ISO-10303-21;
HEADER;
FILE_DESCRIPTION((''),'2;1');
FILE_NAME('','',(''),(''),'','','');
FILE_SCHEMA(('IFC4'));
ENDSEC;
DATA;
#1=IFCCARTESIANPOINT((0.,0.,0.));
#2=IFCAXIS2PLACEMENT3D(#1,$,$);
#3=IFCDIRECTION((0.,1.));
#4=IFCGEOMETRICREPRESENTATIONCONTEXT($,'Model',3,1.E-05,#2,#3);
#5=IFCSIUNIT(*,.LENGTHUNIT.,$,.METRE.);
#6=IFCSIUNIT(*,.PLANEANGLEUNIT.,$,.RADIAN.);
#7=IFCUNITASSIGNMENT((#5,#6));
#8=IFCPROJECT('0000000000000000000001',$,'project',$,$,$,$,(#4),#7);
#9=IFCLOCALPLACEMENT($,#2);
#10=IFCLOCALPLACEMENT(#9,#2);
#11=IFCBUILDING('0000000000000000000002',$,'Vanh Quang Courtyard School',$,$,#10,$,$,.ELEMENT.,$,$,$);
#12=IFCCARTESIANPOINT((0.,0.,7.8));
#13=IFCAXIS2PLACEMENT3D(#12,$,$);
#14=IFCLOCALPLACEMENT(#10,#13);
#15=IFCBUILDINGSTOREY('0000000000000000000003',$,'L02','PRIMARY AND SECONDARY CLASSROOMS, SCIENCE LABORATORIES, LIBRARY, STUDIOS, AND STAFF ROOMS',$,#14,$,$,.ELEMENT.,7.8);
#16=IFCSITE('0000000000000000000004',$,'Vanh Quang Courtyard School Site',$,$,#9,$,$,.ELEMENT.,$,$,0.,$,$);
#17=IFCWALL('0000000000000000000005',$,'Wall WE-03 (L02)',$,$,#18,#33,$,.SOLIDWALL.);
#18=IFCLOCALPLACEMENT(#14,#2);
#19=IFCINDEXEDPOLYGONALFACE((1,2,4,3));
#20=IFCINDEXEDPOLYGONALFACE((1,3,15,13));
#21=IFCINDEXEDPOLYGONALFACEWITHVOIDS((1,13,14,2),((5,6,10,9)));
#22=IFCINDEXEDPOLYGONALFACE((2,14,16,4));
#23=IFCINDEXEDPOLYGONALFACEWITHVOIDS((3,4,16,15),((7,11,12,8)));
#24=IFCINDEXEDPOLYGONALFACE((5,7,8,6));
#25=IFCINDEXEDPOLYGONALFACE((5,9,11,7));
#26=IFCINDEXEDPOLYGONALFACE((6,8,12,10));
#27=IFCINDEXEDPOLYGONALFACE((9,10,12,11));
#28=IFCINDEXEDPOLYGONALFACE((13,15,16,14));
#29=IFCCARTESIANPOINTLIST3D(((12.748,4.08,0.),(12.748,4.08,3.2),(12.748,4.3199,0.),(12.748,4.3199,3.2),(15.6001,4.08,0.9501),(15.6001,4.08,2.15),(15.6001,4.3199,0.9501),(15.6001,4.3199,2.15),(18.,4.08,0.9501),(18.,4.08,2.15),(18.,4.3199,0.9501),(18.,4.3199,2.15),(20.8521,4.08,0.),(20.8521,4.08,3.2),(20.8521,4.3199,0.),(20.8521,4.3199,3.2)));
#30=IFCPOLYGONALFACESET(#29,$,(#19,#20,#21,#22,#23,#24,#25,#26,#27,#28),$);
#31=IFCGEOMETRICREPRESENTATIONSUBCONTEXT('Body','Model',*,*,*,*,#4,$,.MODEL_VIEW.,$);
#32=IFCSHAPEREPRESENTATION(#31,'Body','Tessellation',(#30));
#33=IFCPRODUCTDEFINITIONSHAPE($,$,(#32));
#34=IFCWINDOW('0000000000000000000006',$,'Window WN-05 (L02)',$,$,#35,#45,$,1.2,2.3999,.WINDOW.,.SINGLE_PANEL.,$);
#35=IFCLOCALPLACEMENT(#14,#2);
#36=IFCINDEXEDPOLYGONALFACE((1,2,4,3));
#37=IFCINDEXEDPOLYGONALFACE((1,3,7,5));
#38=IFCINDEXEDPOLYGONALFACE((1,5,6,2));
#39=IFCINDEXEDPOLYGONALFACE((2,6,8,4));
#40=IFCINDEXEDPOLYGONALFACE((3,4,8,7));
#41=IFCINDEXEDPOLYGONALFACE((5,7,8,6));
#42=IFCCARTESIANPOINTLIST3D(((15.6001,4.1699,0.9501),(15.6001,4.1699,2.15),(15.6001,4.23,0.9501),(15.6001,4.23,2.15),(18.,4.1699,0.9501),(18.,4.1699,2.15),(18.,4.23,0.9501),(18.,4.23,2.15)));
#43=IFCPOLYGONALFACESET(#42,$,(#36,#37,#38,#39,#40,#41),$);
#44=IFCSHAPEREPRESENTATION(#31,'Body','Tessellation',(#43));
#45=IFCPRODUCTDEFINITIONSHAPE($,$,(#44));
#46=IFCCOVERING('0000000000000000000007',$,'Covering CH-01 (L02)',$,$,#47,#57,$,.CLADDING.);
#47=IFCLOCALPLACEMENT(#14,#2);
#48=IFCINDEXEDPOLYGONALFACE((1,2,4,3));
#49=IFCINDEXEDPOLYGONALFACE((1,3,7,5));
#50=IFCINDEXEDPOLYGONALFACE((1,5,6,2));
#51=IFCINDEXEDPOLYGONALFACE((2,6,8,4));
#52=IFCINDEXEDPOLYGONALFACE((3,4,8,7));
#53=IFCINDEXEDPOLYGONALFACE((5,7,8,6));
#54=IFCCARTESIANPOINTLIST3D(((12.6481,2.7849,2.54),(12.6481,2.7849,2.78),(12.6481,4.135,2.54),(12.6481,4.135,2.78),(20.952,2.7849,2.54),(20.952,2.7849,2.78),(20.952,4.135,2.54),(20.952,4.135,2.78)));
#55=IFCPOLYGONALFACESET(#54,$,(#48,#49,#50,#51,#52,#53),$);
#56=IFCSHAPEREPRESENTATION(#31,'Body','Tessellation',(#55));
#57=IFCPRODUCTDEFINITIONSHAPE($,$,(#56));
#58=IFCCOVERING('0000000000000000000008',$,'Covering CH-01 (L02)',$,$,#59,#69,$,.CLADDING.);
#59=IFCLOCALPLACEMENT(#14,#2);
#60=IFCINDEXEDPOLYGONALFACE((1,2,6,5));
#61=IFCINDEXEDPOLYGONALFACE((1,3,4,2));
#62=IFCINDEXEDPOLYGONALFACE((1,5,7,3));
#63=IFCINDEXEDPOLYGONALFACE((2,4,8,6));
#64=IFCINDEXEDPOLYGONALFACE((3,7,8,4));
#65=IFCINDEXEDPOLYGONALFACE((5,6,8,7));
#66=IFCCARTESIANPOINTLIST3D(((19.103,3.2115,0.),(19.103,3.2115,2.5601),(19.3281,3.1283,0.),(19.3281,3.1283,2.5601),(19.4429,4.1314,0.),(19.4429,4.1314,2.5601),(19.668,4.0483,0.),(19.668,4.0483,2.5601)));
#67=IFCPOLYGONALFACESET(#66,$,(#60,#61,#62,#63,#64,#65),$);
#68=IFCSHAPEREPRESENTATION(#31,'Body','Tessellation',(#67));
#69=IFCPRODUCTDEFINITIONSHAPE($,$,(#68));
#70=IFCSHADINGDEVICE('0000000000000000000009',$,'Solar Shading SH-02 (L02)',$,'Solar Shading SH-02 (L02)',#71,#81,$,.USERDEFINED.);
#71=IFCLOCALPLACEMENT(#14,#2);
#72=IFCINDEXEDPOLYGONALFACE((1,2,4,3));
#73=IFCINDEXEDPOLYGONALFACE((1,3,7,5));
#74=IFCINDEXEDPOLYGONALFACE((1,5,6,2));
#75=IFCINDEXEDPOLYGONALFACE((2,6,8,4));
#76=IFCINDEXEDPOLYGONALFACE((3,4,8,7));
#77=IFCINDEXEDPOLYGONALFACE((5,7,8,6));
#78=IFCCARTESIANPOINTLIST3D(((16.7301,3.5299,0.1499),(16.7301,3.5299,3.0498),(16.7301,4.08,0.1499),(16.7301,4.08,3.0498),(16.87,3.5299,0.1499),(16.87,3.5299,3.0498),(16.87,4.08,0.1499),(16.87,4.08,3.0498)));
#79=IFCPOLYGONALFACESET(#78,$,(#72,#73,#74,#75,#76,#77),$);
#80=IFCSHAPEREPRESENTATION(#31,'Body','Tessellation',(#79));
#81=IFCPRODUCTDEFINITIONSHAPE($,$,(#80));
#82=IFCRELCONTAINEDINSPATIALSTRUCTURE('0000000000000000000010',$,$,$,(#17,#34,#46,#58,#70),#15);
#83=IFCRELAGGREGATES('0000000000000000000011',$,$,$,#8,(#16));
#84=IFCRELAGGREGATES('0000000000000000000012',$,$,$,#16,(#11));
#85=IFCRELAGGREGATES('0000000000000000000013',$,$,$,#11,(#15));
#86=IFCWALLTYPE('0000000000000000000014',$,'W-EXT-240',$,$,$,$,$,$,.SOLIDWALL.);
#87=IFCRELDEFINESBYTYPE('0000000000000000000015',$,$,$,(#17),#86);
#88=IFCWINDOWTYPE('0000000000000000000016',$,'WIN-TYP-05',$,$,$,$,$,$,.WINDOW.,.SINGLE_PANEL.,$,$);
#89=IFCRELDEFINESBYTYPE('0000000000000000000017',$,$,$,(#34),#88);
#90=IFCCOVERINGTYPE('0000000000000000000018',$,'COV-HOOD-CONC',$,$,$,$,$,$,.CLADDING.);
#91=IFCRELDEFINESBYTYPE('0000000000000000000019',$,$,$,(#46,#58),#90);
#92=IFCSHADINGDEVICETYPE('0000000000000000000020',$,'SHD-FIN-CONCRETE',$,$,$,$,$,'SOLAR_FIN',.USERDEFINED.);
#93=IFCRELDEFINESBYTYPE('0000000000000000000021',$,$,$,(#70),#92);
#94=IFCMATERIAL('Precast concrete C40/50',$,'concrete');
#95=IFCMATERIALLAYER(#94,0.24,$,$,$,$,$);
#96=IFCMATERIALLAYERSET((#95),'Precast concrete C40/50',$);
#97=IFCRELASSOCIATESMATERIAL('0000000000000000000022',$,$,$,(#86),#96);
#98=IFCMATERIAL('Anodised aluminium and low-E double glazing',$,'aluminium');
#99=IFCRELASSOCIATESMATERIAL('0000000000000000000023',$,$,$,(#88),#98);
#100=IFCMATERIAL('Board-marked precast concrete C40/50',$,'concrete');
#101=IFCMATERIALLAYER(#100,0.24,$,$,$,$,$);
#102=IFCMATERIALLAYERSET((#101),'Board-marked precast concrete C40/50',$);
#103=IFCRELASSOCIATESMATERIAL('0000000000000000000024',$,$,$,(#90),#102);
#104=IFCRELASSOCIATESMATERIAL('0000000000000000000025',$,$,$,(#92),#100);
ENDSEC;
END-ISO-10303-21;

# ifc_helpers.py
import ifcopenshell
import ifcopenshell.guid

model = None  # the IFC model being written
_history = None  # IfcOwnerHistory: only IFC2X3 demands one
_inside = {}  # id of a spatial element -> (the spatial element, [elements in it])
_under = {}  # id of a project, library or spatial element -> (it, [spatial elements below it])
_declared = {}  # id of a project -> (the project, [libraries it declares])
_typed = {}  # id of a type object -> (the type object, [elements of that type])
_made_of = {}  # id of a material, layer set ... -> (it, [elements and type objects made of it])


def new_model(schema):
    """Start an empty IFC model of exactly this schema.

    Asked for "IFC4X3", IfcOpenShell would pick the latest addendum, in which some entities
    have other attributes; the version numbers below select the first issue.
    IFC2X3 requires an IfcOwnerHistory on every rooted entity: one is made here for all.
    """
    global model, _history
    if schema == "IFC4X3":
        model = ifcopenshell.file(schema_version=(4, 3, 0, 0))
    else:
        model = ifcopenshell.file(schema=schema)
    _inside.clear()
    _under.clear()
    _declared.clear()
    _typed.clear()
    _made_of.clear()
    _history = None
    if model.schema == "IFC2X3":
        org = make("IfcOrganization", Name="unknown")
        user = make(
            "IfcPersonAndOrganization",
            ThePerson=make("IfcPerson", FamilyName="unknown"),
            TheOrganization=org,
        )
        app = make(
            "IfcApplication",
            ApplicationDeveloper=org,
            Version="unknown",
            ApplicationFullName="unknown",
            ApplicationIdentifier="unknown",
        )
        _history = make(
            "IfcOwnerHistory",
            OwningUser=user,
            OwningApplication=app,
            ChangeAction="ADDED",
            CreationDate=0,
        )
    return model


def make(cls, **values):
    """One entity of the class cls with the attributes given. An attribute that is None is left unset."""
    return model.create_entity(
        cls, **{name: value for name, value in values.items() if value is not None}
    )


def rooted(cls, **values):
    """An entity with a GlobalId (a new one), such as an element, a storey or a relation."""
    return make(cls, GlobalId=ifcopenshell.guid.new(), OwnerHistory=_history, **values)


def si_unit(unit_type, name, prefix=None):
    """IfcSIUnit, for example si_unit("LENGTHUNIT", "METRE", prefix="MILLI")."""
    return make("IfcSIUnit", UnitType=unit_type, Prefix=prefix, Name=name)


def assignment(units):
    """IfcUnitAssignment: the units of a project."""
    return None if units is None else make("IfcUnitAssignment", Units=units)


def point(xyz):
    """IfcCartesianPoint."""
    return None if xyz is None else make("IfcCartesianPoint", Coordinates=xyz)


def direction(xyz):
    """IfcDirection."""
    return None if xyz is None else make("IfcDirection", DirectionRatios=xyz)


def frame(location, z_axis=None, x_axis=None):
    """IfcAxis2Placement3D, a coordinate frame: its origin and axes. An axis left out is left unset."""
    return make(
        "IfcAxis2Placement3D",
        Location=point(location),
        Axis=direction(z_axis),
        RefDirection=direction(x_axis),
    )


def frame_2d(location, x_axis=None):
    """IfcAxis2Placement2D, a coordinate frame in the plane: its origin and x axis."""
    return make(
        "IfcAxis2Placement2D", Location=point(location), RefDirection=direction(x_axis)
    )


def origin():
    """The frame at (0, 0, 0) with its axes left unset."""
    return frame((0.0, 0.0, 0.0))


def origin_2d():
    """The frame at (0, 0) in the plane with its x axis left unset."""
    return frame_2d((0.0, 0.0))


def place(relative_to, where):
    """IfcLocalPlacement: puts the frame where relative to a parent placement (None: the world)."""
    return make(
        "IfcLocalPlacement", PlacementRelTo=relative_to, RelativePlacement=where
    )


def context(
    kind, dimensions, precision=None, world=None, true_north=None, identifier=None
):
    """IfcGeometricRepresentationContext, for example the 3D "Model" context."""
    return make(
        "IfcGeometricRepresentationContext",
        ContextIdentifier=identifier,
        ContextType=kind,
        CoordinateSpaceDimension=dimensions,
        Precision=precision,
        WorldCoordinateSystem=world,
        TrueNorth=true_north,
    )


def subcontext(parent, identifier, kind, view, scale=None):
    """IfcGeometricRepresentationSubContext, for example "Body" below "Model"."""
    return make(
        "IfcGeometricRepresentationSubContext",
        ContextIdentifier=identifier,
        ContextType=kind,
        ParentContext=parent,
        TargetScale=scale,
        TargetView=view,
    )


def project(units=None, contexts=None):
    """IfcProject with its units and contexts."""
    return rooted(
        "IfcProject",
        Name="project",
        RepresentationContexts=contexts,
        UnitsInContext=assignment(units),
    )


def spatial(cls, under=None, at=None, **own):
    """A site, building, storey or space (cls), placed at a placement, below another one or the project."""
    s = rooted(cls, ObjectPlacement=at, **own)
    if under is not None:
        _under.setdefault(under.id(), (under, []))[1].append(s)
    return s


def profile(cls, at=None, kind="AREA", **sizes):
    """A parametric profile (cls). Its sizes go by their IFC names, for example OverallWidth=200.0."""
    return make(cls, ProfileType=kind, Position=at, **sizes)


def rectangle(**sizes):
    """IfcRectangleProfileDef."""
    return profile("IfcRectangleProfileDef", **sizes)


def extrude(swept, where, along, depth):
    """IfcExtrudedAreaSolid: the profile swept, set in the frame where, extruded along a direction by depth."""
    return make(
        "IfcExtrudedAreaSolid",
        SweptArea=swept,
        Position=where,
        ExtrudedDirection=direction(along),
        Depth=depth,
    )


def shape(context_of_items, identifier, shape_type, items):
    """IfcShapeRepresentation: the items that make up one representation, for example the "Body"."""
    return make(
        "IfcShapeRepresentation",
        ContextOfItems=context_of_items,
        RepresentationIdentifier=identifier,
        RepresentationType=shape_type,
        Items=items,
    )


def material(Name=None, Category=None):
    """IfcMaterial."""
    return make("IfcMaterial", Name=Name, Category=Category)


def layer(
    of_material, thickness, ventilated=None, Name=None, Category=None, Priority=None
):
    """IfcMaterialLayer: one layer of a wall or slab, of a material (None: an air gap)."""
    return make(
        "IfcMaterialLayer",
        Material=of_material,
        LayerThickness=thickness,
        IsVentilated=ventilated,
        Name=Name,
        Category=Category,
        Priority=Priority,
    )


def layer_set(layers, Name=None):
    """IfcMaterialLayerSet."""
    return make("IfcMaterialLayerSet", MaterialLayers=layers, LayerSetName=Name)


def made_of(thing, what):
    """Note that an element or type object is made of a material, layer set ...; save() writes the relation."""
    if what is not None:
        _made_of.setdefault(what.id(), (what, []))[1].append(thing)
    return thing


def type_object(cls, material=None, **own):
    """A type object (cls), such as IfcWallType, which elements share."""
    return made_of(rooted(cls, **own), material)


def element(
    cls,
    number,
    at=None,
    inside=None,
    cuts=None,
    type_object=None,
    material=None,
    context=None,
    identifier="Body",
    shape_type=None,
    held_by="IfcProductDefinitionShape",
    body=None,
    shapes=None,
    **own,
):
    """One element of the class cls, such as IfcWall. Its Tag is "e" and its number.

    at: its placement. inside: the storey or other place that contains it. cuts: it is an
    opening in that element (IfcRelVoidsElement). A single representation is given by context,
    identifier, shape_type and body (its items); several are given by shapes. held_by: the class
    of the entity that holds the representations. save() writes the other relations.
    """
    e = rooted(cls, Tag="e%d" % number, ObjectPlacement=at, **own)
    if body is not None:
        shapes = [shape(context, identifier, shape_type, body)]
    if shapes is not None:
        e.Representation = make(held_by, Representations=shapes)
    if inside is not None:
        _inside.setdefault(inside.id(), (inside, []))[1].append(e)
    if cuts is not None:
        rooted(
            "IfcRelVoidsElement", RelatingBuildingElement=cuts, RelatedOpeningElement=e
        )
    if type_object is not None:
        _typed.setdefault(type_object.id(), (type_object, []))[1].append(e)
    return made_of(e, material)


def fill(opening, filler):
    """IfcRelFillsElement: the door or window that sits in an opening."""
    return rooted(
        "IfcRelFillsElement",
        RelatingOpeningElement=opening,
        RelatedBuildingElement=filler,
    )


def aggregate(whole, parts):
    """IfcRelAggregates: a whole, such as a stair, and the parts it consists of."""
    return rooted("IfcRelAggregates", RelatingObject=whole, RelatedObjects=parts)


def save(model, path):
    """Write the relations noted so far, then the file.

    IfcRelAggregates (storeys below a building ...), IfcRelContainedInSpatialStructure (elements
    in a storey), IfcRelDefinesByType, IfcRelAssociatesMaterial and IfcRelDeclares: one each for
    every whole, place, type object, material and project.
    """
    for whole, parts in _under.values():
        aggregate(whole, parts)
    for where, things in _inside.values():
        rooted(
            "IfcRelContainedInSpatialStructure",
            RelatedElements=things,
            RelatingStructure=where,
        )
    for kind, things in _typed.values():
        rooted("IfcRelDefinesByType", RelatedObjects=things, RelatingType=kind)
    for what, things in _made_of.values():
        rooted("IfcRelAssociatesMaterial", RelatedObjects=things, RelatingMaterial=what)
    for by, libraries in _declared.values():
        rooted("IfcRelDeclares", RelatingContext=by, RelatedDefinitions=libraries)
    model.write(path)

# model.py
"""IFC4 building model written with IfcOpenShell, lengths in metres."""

from ifc_helpers import new_model, si_unit, direction, frame, frame_2d, origin, origin_2d, place, context, subcontext, project, spatial, rectangle, extrude, material, layer, layer_set, type_object, element, fill, save


model = new_model("IFC4")

# Units and contexts
model_context = context("Model", 3, precision=1e-05, world=origin(), true_north=direction((0.0, 1.0)))
body_context = subcontext(model_context, "Body", "Model", "MODEL_VIEW")
ifc_project = project(units=[si_unit("LENGTHUNIT", "METRE"), si_unit("PLANEANGLEUNIT", "RADIAN")], contexts=[model_context])

# Site, building, storey
site_placement = place(None, origin())
site = spatial("IfcSite", under=ifc_project, at=site_placement, Name="Vanh Quang Courtyard School Site", CompositionType="ELEMENT", RefElevation=0.0)
building_placement = place(site_placement, origin())
building = spatial("IfcBuilding", under=site, at=building_placement, Name="Vanh Quang Courtyard School", CompositionType="ELEMENT")
storey_placement = place(building_placement, frame((0.0, 0.0, 7.8)))
storey = spatial("IfcBuildingStorey", under=building, at=storey_placement, Name="L02", Description="PRIMARY AND SECONDARY CLASSROOMS, SCIENCE LABORATORIES, LIBRARY, STUDIOS, AND STAFF ROOMS", CompositionType="ELEMENT", Elevation=7.8)

# Wall, opening, window
ifc_material_1 = material(Name="Precast concrete C40/50", Category="concrete")
ifc_layer_1 = layer(ifc_material_1, 0.24)
ifc_layer_set_1 = layer_set([ifc_layer_1], Name="Precast concrete C40/50")
wall_type = type_object("IfcWallType", Name="W-EXT-240", PredefinedType="SOLIDWALL", material=ifc_layer_set_1)
wall_placement = place(storey_placement, frame((20.8521, 4.2, 0.0), z_axis=(0.0, 0.0, 1.0), x_axis=(-1.0, 0.0, 0.0)))
wall = element("IfcWall", 1, at=wall_placement, inside=storey, type_object=wall_type, Name="Wall WE-03 (L02)", PredefinedType="SOLIDWALL", context=body_context, shape_type="SweptSolid", body=[
    extrude(rectangle(XDim=8.104, YDim=0.24, at=frame_2d((4.052, 0.0))), origin(), (0.0, 0.0, 1.0), 3.2),
])
opening_placement = place(wall_placement, frame((2.8521, 0.0, 0.95)))
opening = element("IfcOpeningElement", 2, at=opening_placement, cuts=wall, PredefinedType="OPENING", context=body_context, shape_type="SweptSolid", body=[
    extrude(rectangle(XDim=2.3999, YDim=1.2, at=frame_2d((1.2, 0.6001))), frame((0.0, 0.1299, 0.0), z_axis=(0.0, -1.0, 0.0), x_axis=(1.0, 0.0, 0.0)), (0.0, 0.0, 1.0), 0.26),
])
ifc_material_2 = material(Name="Anodised aluminium and low-E double glazing", Category="aluminium")
window_type = type_object("IfcWindowType", Name="WIN-TYP-05", PartitioningType="SINGLE_PANEL", PredefinedType="WINDOW", material=ifc_material_2)
window_placement = place(opening_placement, origin())
window = element("IfcWindow", 3, at=window_placement, inside=storey, type_object=window_type, Name="Window WN-05 (L02)", OverallHeight=1.2, OverallWidth=2.3999, PartitioningType="SINGLE_PANEL", PredefinedType="WINDOW", context=body_context, shape_type="SweptSolid", body=[
    extrude(rectangle(XDim=2.3999, YDim=1.2, at=frame_2d((1.2, 0.6001))), frame((0.0, 0.03, 0.0), z_axis=(0.0, -1.0, 0.0), x_axis=(1.0, 0.0, 0.0)), (0.0, 0.0, 1.0), 0.0601),
])
fill(opening, window)

# Coverings
ifc_material_3 = material(Name="Board-marked precast concrete C40/50", Category="concrete")
ifc_layer_2 = layer(ifc_material_3, 0.24)
ifc_layer_set_2 = layer_set([ifc_layer_2], Name="Board-marked precast concrete C40/50")
covering_type = type_object("IfcCoveringType", Name="COV-HOOD-CONC", PredefinedType="CLADDING", material=ifc_layer_set_2)
covering_1_placement = place(storey_placement, frame((16.8, 3.46, 2.54), z_axis=(0.0, 0.0, 1.0), x_axis=(-1.0, 0.0, 0.0)))
element("IfcCovering", 4, at=covering_1_placement, inside=storey, type_object=covering_type, Name="Covering CH-01 (L02)", PredefinedType="CLADDING", context=body_context, shape_type="SweptSolid", body=[
    extrude(rectangle(XDim=8.304, YDim=1.3501, at=origin_2d()), origin(), (0.0, 0.0, 1.0), 0.24),
])
covering_2_placement = place(storey_placement, frame((19.3855, 3.6299, 0.0), z_axis=(0.0, 0.0, 1.0), x_axis=(-0.346608, -0.93801, 0.0)))
element("IfcCovering", 5, at=covering_2_placement, inside=storey, type_object=covering_type, Name="Covering CH-01 (L02)", PredefinedType="CLADDING", context=body_context, shape_type="SweptSolid", body=[
    extrude(rectangle(XDim=0.9807, YDim=0.24, at=origin_2d()), origin(), (0.0, 0.0, 1.0), 2.5601),
])

# Shading device
shading_device_type = type_object("IfcShadingDeviceType", Name="SHD-FIN-CONCRETE", ElementType="SOLAR_FIN", PredefinedType="USERDEFINED", material=ifc_material_3)
shading_device_placement = place(storey_placement, frame((16.8, 3.8049, 0.1499), z_axis=(0.0, 0.0, 1.0), x_axis=(-1.0, 0.0, 0.0)))
element("IfcShadingDevice", 6, at=shading_device_placement, inside=storey, type_object=shading_device_type, Name="Solar Shading SH-02 (L02)", ObjectType="Solar Shading SH-02 (L02)", PredefinedType="USERDEFINED", context=body_context, shape_type="SweptSolid", body=[
    extrude(rectangle(XDim=0.1399, YDim=0.55, at=origin_2d()), origin(), (0.0, 0.0, 1.0), 2.8999),
])

save(model, "model.ifc")
